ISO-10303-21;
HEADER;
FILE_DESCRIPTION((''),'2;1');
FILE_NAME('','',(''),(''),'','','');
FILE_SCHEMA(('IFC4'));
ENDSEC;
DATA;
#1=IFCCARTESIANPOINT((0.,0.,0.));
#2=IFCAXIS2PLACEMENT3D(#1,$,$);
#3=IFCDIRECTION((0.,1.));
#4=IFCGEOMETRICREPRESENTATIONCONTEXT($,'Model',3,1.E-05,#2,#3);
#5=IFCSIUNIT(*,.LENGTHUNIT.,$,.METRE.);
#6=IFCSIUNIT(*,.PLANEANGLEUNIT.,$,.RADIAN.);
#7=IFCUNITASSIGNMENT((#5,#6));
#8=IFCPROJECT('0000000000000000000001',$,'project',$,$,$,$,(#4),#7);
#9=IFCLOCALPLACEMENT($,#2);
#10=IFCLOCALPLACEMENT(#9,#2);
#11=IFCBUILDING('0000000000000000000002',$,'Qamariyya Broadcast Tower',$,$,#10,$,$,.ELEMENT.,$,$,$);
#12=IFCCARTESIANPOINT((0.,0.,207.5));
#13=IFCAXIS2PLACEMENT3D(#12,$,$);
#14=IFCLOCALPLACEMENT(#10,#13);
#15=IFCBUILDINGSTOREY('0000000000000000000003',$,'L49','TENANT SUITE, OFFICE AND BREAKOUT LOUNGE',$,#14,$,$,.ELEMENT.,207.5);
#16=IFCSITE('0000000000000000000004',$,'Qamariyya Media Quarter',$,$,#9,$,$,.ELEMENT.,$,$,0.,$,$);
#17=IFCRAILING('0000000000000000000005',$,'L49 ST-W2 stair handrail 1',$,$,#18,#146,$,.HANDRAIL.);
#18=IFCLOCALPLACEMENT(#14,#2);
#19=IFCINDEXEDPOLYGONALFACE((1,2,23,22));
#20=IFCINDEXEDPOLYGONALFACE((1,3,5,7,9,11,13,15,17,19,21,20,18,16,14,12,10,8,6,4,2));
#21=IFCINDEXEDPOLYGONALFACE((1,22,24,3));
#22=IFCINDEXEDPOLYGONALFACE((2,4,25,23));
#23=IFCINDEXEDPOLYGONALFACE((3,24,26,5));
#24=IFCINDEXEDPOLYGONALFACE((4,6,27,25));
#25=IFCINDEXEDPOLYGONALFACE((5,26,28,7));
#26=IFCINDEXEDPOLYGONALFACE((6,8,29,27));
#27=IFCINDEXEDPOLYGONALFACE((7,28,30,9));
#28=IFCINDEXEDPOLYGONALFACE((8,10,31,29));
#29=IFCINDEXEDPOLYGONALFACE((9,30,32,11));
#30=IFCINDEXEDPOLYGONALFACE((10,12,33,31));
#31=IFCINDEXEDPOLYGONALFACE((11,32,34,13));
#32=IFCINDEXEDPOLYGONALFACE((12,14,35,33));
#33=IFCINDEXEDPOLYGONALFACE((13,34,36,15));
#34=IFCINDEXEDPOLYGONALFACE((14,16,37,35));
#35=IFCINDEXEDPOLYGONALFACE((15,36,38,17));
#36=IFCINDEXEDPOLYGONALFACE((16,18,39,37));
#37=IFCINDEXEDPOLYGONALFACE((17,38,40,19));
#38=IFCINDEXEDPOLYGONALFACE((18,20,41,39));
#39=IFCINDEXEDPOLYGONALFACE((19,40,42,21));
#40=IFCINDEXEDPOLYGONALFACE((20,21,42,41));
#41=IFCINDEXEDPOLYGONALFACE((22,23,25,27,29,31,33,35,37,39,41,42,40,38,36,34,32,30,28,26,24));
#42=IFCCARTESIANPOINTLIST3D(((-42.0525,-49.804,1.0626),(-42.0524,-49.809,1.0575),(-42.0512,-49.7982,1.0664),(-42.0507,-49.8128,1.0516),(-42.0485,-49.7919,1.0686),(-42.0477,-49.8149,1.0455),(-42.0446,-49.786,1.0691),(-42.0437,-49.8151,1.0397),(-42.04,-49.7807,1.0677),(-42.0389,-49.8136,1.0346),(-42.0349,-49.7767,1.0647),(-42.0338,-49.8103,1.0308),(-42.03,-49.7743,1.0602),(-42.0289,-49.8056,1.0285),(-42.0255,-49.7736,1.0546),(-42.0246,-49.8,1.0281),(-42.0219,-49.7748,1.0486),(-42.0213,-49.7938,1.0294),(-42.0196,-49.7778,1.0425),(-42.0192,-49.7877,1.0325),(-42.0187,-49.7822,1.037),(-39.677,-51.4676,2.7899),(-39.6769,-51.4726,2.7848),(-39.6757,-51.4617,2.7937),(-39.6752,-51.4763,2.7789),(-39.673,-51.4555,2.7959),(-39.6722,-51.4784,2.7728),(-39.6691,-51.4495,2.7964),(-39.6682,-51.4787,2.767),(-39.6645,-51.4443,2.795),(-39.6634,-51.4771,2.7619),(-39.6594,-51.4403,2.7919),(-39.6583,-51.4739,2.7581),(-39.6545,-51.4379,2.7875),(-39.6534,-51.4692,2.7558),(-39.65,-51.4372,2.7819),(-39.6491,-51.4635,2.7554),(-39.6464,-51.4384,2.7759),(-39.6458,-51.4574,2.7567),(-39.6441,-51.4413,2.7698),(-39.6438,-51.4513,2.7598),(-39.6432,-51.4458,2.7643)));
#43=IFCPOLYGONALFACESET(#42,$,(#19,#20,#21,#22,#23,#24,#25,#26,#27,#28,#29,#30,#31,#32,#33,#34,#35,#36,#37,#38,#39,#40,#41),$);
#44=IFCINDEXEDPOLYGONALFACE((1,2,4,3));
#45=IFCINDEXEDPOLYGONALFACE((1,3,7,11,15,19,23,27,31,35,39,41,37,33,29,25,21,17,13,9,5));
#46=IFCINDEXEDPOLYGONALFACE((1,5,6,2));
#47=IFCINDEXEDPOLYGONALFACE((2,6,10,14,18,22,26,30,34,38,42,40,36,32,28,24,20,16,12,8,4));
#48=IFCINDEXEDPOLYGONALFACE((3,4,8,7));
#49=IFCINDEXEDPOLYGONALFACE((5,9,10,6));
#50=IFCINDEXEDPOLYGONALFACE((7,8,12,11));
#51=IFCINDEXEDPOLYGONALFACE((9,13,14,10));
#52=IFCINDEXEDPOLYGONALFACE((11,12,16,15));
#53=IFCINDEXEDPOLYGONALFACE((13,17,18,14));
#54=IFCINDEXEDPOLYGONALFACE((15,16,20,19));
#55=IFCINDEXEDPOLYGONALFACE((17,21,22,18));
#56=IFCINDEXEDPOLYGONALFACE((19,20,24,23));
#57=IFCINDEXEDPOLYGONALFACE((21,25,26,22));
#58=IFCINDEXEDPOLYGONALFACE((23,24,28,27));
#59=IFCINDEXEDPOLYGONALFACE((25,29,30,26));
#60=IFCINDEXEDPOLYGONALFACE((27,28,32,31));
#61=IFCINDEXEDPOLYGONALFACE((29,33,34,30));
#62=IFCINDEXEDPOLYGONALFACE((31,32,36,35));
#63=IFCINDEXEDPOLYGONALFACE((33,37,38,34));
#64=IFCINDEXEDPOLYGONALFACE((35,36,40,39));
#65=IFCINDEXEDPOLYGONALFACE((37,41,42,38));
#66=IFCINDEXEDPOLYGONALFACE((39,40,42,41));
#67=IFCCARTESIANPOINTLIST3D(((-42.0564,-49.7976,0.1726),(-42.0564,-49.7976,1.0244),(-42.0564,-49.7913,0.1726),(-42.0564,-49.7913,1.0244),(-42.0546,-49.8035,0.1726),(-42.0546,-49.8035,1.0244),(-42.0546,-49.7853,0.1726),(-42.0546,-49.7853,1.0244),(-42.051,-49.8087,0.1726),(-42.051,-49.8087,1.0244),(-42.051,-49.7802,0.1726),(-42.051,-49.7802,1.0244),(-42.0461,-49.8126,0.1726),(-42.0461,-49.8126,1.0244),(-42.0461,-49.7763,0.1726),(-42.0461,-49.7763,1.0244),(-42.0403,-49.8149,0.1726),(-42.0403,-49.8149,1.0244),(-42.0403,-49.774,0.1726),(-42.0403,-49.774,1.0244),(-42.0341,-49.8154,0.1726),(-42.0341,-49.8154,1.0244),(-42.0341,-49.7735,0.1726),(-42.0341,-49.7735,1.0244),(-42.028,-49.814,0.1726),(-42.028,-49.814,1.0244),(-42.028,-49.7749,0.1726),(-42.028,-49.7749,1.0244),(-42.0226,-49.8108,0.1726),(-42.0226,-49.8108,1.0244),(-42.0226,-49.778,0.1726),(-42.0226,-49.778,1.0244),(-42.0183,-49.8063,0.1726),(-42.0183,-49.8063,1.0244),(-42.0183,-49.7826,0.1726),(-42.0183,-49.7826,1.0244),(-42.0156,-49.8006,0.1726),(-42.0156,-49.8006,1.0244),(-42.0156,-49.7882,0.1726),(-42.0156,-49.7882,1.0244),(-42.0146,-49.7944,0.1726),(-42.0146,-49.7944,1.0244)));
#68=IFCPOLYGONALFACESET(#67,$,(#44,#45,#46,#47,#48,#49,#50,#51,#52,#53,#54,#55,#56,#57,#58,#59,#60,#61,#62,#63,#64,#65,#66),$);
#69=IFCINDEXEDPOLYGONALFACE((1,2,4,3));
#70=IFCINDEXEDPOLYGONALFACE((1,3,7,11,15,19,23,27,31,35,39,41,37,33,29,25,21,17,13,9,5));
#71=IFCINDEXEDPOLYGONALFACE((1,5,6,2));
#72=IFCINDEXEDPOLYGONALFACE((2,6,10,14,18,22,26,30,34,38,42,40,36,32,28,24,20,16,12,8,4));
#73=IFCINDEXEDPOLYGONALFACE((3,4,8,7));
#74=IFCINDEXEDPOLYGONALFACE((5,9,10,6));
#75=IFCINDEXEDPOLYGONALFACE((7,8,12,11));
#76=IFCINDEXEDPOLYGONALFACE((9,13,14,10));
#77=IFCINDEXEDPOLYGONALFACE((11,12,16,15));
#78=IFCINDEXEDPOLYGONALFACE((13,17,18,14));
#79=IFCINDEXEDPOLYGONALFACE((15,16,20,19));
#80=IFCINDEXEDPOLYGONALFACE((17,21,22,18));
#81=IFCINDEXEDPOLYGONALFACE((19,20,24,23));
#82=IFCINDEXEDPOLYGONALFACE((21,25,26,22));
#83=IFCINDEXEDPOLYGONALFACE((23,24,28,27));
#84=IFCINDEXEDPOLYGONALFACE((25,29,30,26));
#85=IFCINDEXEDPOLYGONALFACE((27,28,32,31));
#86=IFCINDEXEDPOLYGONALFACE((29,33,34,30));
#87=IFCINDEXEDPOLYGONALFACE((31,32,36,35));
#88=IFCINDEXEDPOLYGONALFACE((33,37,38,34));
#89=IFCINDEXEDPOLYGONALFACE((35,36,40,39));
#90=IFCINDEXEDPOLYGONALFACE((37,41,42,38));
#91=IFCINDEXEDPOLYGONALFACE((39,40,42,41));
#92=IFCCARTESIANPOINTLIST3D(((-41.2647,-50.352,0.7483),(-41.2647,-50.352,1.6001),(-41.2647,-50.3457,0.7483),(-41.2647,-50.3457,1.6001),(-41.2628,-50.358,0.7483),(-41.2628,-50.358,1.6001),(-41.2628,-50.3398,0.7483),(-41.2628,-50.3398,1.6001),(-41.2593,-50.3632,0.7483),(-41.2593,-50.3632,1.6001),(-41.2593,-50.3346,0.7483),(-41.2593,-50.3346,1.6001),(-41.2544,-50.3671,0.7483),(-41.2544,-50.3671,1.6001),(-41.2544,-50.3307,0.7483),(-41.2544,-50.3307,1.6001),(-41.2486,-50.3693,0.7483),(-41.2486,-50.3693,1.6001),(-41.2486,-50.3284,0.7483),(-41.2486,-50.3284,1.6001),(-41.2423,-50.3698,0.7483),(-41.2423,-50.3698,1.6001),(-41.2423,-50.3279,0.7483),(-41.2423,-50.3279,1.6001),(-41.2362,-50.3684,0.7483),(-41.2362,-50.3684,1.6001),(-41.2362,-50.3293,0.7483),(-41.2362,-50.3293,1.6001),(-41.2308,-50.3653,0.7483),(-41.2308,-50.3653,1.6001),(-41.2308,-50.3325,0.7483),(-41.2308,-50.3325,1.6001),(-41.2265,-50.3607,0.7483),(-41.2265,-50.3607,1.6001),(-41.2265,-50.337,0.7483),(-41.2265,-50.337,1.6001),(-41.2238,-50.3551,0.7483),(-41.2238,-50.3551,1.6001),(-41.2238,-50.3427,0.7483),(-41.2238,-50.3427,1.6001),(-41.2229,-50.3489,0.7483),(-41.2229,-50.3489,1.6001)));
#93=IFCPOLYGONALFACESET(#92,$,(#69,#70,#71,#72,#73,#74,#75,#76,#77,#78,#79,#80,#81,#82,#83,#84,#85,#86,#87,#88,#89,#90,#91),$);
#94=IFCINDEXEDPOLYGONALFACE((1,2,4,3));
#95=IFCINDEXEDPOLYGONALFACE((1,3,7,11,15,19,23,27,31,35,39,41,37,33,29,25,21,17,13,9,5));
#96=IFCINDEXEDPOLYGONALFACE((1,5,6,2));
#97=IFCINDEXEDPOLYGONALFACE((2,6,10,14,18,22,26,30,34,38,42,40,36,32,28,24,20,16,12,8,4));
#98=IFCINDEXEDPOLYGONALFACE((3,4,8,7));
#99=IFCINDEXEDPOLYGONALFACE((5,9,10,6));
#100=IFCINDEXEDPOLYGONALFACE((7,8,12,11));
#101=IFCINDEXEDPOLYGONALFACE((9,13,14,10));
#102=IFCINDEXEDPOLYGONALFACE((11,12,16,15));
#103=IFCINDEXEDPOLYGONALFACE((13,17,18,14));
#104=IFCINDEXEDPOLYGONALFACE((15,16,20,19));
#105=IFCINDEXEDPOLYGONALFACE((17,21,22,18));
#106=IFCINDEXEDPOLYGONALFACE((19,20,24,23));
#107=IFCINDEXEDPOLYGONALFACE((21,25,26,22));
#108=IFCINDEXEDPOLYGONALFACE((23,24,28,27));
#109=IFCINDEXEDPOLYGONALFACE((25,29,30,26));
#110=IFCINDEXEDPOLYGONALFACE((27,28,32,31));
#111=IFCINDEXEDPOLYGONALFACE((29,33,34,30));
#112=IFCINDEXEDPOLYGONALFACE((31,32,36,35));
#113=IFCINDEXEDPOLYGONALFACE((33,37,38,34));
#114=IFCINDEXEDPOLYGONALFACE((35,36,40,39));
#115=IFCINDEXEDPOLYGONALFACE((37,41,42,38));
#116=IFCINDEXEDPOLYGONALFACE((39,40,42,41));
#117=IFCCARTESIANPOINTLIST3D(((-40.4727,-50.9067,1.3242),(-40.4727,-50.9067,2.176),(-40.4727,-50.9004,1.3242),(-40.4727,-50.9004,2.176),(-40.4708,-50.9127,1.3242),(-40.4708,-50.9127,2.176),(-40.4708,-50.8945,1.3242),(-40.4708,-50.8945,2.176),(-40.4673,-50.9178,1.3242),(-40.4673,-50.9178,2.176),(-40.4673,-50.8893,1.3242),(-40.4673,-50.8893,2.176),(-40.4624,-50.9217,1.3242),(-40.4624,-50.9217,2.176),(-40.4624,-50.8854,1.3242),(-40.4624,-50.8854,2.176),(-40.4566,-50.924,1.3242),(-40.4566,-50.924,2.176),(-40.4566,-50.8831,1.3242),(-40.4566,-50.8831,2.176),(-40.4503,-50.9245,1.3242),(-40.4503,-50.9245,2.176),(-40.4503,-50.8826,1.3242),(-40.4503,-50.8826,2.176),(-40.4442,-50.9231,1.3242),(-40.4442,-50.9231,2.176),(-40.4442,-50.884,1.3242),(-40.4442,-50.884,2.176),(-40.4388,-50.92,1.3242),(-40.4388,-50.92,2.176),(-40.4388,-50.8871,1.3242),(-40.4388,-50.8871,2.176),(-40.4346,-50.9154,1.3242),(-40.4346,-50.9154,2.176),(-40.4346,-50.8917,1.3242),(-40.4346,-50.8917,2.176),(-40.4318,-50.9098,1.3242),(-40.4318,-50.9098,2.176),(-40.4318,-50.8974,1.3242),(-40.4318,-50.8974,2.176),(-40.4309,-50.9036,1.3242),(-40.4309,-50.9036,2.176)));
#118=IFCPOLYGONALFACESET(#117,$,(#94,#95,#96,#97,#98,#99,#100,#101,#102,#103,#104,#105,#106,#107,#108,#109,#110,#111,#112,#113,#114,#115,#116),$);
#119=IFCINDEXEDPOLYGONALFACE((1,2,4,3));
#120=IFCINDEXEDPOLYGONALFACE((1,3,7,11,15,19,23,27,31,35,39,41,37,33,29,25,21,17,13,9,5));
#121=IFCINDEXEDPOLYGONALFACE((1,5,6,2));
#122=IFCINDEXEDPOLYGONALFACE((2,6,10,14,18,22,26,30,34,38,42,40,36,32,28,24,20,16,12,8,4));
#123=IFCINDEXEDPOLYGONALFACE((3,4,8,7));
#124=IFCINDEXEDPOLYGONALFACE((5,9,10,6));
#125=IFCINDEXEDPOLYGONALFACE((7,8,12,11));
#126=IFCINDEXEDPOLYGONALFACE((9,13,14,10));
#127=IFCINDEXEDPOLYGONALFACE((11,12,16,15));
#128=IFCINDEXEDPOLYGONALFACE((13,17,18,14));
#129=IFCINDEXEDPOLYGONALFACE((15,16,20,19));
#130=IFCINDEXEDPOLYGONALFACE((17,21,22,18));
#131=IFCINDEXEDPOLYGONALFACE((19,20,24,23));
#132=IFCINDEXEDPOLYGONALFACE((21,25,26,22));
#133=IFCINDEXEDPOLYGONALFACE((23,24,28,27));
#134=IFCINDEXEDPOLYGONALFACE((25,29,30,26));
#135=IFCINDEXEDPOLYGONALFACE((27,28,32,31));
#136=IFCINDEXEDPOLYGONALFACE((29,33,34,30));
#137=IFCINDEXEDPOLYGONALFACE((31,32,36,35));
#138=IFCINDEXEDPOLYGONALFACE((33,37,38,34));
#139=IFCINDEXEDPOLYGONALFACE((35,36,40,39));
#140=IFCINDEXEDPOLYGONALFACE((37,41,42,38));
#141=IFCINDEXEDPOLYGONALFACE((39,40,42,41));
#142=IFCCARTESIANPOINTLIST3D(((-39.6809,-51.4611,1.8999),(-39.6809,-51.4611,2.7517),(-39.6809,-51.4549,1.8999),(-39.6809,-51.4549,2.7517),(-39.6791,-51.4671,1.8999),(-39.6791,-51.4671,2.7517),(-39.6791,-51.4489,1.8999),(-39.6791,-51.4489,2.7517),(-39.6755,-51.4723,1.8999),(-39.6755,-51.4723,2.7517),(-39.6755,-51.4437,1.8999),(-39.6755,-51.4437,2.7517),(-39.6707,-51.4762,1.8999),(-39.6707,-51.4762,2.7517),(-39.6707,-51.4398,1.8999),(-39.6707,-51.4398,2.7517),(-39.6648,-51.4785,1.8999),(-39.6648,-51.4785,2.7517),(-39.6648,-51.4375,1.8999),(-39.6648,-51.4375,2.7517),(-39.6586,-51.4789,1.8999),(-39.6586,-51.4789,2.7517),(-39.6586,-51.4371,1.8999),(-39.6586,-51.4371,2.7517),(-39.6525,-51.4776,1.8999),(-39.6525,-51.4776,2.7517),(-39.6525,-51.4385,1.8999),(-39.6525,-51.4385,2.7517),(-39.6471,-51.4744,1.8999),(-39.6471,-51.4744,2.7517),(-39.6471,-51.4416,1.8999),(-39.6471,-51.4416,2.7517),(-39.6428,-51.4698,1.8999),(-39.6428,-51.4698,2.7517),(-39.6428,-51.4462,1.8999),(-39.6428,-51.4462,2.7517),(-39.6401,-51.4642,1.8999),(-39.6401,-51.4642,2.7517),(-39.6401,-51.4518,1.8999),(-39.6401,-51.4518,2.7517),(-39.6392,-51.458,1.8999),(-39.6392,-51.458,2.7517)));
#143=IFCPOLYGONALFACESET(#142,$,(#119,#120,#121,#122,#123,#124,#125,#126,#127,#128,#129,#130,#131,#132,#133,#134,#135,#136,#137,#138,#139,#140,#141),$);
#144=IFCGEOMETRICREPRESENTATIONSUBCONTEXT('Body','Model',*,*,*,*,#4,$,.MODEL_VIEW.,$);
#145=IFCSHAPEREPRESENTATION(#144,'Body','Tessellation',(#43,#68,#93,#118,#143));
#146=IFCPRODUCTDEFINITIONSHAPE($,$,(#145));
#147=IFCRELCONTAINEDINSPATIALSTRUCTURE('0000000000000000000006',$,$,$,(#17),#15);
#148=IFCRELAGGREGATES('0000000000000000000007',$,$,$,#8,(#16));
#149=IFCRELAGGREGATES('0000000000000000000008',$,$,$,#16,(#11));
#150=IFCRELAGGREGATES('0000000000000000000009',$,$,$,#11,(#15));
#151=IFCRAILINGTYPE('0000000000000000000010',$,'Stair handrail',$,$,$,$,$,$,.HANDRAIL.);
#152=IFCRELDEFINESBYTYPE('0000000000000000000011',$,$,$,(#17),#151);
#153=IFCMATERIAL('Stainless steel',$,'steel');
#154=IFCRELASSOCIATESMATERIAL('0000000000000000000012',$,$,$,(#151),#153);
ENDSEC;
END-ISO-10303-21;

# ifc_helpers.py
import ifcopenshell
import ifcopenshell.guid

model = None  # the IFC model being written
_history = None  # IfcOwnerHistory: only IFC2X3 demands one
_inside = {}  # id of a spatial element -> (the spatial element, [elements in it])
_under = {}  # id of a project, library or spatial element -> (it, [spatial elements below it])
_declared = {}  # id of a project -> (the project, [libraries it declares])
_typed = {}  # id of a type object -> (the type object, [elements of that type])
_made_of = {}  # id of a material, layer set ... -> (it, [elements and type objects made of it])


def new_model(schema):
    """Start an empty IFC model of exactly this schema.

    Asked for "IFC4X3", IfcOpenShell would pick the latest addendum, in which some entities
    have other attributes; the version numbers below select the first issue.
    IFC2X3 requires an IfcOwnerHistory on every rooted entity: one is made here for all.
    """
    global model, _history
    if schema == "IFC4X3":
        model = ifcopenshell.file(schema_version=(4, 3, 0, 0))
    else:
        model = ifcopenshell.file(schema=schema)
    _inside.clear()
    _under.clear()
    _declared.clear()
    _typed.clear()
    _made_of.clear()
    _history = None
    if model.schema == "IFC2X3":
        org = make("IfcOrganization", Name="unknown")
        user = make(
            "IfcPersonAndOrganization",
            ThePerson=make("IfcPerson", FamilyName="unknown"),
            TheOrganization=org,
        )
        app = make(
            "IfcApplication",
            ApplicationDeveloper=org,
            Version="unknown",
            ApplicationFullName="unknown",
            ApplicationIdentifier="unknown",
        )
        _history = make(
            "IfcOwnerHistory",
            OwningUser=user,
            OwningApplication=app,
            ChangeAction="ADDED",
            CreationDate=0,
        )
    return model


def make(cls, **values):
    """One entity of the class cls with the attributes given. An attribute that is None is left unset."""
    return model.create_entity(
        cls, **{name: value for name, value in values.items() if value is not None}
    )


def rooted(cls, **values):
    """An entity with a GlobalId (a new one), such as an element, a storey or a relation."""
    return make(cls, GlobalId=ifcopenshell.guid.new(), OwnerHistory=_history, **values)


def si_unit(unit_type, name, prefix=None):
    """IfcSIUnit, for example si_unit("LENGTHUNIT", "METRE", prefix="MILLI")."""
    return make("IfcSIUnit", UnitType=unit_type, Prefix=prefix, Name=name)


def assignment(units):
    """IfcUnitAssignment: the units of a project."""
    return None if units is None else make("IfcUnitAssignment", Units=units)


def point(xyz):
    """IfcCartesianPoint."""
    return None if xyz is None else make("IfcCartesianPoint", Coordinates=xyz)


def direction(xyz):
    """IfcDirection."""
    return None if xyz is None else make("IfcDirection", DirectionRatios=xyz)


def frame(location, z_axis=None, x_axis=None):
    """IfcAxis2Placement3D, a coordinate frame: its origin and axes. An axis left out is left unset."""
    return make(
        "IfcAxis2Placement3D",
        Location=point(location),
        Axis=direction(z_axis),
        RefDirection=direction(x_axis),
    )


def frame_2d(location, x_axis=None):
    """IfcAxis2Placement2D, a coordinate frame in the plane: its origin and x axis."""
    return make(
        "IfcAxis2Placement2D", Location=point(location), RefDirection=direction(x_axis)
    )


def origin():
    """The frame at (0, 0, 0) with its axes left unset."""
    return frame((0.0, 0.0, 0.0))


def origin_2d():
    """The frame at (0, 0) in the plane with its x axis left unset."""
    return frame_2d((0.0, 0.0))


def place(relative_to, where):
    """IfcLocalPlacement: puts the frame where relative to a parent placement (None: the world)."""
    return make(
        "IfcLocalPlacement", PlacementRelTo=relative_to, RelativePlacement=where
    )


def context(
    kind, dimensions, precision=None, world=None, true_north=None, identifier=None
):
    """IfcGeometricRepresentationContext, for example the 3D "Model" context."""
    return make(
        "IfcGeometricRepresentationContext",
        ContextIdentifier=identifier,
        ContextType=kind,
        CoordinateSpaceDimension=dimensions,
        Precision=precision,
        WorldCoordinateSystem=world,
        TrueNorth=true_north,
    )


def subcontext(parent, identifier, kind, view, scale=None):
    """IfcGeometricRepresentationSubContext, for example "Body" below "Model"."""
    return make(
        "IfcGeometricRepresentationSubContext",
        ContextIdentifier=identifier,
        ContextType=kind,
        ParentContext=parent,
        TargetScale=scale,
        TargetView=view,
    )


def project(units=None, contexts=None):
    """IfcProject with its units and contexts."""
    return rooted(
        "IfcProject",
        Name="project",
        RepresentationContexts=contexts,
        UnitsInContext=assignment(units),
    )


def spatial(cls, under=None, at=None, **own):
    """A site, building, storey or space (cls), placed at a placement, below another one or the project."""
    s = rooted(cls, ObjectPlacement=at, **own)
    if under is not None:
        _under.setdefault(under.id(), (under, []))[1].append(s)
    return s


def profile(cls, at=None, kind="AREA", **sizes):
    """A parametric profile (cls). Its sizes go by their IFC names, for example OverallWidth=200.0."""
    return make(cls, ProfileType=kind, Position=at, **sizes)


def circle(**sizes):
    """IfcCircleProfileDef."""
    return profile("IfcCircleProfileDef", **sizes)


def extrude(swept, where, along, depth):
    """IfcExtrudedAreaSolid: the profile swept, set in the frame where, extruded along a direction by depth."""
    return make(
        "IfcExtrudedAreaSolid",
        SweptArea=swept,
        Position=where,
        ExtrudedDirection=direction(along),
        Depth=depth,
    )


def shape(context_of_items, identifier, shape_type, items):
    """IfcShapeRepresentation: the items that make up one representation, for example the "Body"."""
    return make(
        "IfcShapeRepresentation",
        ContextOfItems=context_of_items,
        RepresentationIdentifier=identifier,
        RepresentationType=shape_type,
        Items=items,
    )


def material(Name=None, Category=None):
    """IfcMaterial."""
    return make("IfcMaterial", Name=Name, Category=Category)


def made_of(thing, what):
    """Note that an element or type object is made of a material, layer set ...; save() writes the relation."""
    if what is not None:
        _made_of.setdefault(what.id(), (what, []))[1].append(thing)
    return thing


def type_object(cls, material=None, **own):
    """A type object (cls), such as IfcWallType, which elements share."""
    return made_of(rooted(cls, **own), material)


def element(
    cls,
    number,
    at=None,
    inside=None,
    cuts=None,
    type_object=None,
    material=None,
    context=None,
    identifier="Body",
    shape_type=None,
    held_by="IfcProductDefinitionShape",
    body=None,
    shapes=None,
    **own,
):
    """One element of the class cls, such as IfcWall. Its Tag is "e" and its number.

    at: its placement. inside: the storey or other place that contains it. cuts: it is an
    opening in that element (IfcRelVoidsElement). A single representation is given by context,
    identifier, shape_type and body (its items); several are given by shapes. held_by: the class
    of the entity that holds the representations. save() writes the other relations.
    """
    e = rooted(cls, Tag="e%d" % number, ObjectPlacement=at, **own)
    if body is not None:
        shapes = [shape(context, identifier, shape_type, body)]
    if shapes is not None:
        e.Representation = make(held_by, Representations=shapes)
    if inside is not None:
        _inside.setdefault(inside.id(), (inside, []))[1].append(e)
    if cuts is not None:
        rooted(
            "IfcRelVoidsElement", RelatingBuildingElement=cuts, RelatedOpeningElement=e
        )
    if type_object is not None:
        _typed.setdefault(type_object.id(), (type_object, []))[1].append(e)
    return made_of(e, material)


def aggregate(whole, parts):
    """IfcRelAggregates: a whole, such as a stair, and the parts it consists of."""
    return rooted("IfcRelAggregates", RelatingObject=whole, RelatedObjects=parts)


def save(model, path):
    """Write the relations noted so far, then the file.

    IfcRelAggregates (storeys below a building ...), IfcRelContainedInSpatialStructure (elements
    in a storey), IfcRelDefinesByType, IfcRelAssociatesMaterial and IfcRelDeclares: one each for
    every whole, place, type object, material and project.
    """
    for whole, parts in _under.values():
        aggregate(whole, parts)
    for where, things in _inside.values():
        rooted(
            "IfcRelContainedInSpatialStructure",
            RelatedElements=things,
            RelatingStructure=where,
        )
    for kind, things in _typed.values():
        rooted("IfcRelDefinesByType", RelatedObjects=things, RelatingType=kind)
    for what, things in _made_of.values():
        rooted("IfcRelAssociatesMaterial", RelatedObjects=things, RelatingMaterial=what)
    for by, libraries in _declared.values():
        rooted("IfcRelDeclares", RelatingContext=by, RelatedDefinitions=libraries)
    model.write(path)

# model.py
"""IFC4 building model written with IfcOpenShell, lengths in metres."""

from ifc_helpers import new_model, si_unit, direction, frame, origin, origin_2d, place, context, subcontext, project, spatial, circle, extrude, material, type_object, element, save


model = new_model("IFC4")

# Units and contexts
model_context = context("Model", 3, precision=1e-05, world=origin(), true_north=direction((0.0, 1.0)))
body_context = subcontext(model_context, "Body", "Model", "MODEL_VIEW")
ifc_project = project(units=[si_unit("LENGTHUNIT", "METRE"), si_unit("PLANEANGLEUNIT", "RADIAN")], contexts=[model_context])

# Site, building, storey
site_placement = place(None, origin())
site = spatial("IfcSite", under=ifc_project, at=site_placement, Name="Qamariyya Media Quarter", CompositionType="ELEMENT", RefElevation=0.0)
building_placement = place(site_placement, origin())
building = spatial("IfcBuilding", under=site, at=building_placement, Name="Qamariyya Broadcast Tower", CompositionType="ELEMENT")
storey_placement = place(building_placement, frame((0.0, 0.0, 207.5)))
storey = spatial("IfcBuildingStorey", under=building, at=storey_placement, Name="L49", Description="TENANT SUITE, OFFICE AND BREAKOUT LOUNGE", CompositionType="ELEMENT", Elevation=207.5)

# Railing
ifc_material_1 = material(Name="Stainless steel", Category="steel")
railing_type_1 = type_object("IfcRailingType", Name="Stair handrail", PredefinedType="HANDRAIL", material=ifc_material_1)
railing_1_placement = place(storey_placement, frame((-42.0356, -49.7944, 0.1726)))
element("IfcRailing", 1, at=railing_1_placement, inside=storey, type_object=railing_type_1, Name="L49 ST-W2 stair handrail 1", PredefinedType="HANDRAIL", context=body_context, shape_type="SweptSolid", body=[
    extrude(circle(Radius=0.0239, at=origin_2d()), frame((0.0, 0.0, 0.876), z_axis=(0.703745, -0.492838, 0.511716), x_axis=(0.573632, 0.819113, 0.0)), (0.0, 0.0, 1.0), 3.3755),
    extrude(circle(Radius=0.021, at=origin_2d()), origin(), (0.0, 0.0, 1.0), 0.8518),
    extrude(circle(Radius=0.021, at=origin_2d()), frame((0.7917, -0.5544, 0.5757)), (0.0, 0.0, 1.0), 0.8518),
    extrude(circle(Radius=0.021, at=origin_2d()), frame((1.5837, -1.1091, 1.1516)), (0.0, 0.0, 1.0), 0.8518),
    extrude(circle(Radius=0.021, at=origin_2d()), frame((2.3755, -1.6636, 1.7273)), (0.0, 0.0, 1.0), 0.8518),
])

save(model, "model.ifc")
